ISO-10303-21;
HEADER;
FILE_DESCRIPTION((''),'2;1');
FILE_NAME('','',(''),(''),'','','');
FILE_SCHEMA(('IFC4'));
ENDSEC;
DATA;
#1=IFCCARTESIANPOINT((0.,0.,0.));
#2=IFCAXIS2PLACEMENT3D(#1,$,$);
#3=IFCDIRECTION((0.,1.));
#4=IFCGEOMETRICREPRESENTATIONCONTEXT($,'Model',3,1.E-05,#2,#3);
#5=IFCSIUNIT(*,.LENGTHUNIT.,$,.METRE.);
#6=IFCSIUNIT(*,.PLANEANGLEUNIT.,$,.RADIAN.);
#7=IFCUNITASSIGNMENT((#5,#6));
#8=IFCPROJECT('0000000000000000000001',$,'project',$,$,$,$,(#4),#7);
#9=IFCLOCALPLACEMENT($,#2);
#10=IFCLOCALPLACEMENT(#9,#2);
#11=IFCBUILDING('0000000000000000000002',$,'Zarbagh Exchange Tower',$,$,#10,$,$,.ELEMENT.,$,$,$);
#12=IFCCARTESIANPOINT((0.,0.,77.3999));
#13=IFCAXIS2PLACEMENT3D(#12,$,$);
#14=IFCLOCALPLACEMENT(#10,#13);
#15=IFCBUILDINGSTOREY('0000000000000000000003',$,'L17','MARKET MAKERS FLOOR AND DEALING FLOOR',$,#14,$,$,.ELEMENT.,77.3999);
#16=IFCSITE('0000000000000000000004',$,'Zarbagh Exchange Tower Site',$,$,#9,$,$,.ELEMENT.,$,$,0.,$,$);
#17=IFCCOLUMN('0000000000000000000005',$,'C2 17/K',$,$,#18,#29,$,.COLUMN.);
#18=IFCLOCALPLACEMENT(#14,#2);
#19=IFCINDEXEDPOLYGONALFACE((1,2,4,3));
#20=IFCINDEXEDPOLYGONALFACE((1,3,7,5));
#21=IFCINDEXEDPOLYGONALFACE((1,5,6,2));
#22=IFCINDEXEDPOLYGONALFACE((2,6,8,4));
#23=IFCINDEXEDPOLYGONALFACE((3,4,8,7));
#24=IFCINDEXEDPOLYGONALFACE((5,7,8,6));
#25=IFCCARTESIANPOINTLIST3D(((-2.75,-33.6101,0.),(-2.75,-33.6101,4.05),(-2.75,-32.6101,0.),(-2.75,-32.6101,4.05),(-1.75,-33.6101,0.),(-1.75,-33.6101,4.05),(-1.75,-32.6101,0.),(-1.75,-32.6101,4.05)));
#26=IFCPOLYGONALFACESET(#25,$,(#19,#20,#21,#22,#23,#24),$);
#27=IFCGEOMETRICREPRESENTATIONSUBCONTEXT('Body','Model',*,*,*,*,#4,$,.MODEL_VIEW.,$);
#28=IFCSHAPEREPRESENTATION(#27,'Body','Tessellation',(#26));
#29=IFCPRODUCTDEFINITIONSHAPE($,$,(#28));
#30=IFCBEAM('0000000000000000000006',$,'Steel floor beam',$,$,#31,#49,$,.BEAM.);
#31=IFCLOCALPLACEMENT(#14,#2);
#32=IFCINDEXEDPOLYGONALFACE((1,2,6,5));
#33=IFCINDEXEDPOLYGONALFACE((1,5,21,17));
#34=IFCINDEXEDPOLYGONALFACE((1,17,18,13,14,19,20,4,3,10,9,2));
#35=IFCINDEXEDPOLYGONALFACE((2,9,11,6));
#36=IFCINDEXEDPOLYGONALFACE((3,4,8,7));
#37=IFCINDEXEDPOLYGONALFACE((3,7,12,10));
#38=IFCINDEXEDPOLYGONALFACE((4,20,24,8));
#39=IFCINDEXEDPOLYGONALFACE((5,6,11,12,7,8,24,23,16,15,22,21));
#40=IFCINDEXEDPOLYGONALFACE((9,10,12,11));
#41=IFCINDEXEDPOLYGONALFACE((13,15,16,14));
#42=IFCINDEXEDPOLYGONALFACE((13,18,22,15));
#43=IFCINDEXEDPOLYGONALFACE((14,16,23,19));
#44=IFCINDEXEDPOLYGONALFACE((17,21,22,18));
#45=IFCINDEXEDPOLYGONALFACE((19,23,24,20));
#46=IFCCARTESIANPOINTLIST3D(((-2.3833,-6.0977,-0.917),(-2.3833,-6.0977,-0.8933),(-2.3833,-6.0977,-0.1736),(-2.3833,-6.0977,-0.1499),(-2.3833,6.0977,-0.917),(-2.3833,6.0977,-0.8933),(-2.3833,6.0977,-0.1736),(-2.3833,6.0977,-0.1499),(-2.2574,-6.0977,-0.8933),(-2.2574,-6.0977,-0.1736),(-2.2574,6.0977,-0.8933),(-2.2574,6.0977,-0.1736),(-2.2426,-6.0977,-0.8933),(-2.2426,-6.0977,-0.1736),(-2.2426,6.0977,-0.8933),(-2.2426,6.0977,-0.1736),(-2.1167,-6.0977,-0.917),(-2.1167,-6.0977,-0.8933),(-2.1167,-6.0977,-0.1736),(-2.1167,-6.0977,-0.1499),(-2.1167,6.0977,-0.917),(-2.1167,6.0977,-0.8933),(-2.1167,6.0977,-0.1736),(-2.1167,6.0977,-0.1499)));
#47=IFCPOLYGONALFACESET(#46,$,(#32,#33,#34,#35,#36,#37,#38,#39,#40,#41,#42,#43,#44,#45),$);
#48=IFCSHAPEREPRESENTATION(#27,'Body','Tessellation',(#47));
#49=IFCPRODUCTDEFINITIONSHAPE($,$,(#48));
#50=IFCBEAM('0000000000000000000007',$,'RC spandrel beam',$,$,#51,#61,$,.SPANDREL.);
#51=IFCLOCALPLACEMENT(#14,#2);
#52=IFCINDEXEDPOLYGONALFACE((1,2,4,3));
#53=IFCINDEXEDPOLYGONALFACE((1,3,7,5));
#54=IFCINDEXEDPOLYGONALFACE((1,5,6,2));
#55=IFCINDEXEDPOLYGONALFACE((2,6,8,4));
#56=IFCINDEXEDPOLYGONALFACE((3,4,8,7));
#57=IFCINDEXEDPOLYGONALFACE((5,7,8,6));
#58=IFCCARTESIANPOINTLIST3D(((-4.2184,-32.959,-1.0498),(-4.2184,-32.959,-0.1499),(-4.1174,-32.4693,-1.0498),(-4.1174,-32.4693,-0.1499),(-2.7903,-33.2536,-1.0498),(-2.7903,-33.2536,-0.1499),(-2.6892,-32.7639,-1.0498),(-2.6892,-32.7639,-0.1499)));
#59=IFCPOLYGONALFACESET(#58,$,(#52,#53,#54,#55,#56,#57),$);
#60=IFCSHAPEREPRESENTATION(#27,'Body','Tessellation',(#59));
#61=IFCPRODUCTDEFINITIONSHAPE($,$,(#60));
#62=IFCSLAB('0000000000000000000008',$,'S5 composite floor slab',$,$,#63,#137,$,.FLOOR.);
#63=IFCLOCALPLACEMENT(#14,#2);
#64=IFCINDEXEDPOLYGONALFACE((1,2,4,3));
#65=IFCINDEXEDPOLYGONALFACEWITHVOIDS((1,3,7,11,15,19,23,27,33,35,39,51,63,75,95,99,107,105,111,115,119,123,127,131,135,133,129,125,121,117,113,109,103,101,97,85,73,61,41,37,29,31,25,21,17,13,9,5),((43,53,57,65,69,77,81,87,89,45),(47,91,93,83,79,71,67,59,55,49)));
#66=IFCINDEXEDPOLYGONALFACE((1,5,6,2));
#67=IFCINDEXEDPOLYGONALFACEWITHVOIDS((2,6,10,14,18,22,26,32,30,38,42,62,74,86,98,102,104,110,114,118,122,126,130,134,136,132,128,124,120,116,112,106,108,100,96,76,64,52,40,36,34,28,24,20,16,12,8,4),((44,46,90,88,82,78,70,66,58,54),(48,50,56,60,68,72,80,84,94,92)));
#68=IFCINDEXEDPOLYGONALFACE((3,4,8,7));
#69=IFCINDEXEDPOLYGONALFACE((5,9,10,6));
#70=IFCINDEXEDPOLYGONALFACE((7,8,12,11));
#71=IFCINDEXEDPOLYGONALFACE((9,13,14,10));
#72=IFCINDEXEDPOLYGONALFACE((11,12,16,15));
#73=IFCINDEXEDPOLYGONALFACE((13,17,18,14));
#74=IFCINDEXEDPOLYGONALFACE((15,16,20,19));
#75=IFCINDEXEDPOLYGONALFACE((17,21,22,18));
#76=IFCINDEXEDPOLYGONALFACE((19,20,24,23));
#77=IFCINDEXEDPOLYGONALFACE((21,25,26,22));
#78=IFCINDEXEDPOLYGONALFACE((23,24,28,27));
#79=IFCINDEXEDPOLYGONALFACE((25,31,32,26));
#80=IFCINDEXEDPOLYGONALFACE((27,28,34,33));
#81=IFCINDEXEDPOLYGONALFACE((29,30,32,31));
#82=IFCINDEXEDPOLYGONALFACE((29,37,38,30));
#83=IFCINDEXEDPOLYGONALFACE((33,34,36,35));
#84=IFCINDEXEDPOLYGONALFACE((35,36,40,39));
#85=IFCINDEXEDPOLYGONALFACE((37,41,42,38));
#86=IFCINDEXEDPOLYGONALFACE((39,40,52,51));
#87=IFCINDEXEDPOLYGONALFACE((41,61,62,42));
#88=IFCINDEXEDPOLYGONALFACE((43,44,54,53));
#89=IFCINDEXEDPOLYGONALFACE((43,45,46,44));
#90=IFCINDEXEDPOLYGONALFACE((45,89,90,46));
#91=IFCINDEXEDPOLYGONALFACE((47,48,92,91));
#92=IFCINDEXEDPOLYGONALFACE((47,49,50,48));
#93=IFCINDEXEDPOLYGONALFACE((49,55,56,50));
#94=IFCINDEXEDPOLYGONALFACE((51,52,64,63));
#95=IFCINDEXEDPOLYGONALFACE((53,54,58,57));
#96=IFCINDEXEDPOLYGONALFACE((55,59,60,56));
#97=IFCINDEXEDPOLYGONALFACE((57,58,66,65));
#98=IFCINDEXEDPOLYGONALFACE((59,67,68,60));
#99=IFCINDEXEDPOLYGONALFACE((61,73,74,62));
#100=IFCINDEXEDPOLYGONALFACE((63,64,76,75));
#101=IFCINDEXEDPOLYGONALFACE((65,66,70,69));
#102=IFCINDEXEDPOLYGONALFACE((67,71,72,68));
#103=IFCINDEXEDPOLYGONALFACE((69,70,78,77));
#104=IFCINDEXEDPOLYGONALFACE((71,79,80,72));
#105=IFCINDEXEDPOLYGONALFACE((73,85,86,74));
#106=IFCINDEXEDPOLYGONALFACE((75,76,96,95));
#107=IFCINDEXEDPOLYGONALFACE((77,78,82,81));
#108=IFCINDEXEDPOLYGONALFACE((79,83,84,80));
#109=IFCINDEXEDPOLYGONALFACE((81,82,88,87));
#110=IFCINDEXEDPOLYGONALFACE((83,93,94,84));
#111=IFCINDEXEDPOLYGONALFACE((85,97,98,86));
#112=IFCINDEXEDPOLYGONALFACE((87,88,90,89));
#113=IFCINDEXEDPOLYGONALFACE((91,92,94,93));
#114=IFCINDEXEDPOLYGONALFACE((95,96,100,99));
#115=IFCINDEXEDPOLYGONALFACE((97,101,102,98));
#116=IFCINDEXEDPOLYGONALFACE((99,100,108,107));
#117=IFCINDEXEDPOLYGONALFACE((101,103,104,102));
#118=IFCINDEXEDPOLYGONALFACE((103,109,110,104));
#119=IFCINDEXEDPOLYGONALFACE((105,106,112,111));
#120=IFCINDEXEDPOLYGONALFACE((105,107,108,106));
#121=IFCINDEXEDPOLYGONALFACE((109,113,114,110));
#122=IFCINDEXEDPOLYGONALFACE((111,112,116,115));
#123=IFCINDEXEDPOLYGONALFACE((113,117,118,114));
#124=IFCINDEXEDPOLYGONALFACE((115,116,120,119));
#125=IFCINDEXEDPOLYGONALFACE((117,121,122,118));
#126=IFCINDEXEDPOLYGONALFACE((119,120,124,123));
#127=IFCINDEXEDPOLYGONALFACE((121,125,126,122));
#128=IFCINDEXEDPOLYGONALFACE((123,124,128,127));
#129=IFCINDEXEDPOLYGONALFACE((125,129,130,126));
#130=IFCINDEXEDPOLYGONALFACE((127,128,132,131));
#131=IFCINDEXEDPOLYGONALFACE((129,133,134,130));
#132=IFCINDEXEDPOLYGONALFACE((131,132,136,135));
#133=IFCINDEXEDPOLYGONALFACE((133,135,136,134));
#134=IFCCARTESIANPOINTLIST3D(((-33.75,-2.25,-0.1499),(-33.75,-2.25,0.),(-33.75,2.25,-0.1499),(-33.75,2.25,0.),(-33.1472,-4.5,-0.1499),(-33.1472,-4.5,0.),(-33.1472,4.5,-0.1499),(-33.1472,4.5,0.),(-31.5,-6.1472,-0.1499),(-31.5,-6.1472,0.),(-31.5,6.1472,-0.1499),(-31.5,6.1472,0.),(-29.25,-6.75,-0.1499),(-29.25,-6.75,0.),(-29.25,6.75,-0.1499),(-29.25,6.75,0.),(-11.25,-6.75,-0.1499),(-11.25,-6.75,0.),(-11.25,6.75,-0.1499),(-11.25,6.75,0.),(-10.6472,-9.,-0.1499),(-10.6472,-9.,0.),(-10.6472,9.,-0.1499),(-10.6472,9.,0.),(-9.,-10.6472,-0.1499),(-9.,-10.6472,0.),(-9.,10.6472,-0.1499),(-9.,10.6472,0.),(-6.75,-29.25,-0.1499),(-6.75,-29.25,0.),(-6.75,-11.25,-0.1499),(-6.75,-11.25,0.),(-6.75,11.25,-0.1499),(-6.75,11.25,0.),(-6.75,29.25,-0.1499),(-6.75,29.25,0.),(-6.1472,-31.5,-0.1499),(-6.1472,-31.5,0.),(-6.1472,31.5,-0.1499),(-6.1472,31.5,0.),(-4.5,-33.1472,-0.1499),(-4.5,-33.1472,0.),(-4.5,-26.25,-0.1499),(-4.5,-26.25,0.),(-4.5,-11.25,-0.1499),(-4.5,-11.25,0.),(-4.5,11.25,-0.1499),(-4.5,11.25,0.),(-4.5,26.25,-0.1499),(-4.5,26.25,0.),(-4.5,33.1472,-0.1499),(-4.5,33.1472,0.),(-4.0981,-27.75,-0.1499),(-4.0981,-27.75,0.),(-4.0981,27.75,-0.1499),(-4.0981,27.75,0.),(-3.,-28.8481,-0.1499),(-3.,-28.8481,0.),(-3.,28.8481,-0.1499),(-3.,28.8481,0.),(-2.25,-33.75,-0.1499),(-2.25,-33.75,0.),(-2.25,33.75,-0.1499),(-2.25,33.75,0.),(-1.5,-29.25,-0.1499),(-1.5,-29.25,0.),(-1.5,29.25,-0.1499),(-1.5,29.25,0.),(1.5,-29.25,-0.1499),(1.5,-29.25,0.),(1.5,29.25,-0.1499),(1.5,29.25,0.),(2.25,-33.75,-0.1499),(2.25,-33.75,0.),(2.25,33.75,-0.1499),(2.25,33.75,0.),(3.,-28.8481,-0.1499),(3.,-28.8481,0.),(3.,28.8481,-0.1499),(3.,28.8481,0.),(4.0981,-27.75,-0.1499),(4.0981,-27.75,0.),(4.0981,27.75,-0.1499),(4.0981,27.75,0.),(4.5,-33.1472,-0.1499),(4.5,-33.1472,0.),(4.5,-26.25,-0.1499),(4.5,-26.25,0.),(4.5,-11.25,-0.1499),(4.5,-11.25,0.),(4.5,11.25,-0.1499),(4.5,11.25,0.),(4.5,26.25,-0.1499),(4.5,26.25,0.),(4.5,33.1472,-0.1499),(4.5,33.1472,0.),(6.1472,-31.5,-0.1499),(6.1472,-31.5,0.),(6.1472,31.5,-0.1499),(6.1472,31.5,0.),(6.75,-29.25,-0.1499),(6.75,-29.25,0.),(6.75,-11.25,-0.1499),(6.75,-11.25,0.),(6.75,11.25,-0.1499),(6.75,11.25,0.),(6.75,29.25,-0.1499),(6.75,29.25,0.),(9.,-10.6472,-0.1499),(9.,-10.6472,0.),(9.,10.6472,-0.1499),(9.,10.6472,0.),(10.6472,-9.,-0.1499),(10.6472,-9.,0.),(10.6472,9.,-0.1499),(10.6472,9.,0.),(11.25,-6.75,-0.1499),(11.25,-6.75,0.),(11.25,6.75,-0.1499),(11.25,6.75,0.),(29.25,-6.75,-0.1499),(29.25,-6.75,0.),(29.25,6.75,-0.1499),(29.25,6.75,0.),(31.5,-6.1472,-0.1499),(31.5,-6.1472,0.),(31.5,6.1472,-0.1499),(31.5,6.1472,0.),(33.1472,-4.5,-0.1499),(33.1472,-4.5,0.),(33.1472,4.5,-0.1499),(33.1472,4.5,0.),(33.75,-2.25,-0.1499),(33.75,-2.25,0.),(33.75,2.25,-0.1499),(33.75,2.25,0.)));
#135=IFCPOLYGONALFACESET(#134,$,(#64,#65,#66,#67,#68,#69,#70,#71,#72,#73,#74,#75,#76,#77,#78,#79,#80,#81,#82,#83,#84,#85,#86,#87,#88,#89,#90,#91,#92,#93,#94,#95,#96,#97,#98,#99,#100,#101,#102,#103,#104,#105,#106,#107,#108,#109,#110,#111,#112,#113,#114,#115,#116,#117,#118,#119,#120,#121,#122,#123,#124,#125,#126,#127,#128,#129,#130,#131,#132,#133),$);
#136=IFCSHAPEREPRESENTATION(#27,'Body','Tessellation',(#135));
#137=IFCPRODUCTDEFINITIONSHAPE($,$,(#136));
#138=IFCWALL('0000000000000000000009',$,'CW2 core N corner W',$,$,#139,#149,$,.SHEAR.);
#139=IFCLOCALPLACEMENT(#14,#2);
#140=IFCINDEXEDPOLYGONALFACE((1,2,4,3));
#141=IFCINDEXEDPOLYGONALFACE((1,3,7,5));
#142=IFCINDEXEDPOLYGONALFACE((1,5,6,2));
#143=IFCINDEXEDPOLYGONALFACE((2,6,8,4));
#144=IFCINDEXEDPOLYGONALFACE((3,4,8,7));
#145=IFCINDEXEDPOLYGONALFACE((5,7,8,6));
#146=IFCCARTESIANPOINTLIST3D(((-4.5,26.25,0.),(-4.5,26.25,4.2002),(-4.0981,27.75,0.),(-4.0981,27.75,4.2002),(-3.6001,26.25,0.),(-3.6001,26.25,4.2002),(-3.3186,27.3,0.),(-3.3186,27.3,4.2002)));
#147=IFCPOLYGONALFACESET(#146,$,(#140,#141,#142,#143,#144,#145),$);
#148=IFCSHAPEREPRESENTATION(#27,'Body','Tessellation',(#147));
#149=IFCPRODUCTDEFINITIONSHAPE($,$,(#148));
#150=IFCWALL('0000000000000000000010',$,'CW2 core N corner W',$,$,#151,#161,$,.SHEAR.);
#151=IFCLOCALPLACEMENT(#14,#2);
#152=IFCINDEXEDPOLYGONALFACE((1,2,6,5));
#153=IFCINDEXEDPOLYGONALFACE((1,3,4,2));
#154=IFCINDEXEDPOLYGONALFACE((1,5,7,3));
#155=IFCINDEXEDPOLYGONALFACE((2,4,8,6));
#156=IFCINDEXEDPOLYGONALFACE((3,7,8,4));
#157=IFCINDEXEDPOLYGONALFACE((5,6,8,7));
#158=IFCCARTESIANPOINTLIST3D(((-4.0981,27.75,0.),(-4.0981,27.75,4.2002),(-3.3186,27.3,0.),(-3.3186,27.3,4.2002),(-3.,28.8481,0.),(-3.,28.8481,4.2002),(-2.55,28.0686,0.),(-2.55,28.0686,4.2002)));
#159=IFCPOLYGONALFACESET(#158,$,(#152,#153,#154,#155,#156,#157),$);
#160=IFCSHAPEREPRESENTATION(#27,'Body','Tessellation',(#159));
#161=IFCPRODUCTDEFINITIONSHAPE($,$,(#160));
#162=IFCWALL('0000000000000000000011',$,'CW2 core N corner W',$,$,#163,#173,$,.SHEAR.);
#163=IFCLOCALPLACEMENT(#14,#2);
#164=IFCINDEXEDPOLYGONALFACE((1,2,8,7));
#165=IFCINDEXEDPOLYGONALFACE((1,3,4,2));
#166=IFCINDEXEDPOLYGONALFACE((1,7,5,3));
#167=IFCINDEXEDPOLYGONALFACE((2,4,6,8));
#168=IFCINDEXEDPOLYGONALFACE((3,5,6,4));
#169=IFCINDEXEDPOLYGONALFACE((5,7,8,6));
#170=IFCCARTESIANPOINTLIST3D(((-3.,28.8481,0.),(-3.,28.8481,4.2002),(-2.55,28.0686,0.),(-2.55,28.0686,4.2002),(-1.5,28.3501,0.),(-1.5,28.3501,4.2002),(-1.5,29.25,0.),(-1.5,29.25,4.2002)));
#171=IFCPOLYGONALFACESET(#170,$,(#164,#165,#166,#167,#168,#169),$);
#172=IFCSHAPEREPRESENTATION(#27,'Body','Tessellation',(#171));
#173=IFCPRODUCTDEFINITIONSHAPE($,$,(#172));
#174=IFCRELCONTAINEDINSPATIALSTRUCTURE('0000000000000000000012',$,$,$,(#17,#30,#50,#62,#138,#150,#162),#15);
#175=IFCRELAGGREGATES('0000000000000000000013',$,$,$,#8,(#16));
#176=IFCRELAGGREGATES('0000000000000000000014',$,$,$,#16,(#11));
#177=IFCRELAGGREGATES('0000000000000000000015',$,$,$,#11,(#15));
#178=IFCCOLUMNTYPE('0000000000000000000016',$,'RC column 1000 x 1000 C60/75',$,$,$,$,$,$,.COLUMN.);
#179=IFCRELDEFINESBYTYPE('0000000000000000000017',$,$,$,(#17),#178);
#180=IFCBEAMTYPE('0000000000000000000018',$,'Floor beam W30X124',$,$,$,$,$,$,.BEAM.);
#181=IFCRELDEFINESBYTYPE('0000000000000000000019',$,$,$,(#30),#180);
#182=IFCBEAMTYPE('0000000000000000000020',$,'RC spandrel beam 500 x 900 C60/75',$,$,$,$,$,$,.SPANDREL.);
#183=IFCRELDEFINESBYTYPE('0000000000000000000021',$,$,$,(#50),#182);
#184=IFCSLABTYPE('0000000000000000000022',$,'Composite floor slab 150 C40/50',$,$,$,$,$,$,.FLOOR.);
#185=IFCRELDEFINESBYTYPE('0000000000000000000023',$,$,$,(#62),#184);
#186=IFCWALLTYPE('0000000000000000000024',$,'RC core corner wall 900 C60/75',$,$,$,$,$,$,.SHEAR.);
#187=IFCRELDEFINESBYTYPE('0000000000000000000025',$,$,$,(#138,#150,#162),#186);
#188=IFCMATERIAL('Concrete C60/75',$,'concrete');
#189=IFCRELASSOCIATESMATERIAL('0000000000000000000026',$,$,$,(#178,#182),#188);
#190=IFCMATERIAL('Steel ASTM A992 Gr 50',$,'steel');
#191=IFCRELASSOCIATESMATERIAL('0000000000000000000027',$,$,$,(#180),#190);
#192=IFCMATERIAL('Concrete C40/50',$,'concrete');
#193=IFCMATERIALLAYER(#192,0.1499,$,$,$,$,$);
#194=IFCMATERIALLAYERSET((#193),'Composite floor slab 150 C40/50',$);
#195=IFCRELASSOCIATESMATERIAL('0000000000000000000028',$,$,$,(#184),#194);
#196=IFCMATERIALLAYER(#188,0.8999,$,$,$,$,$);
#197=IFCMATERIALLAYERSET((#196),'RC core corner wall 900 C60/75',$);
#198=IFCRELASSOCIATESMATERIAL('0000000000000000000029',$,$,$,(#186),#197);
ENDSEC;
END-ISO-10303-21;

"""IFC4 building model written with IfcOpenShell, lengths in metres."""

from ifc_helpers import new_model, si_unit, direction, frame, origin, origin_2d, place, context, subcontext, project, spatial, polyline, rectangle, i_section, outline, extrude, material, layer, layer_set, material_profile, profile_set, type_object, element, save


model = new_model("IFC4")

# Units and contexts
model_context = context("Model", 3, precision=1e-05, world=origin(), true_north=direction((0.0, 1.0)))
body_context = subcontext(model_context, "Body", "Model", "MODEL_VIEW")
ifc_project = project(units=[si_unit("LENGTHUNIT", "METRE"), si_unit("PLANEANGLEUNIT", "RADIAN")], contexts=[model_context])

# Site, building, storey
site_placement = place(None, origin())
site = spatial("IfcSite", under=ifc_project, at=site_placement, Name="Zarbagh Exchange Tower Site", CompositionType="ELEMENT", RefElevation=0.0)
building_placement = place(site_placement, origin())
building = spatial("IfcBuilding", under=site, at=building_placement, Name="Zarbagh Exchange Tower", CompositionType="ELEMENT")
storey_placement = place(building_placement, frame((0.0, 0.0, 77.3999)))
storey = spatial("IfcBuildingStorey", under=building, at=storey_placement, Name="L17", Description="MARKET MAKERS FLOOR AND DEALING FLOOR", CompositionType="ELEMENT", Elevation=77.3999)

# Column
ifc_material_1 = material(Name="Concrete C60/75", Category="concrete")
ifc_material_profile_1 = material_profile(ifc_material_1, rectangle(XDim=1.0, YDim=1.0, at=origin_2d()), Name="RC column 1000 x 1000 C60/75")
ifc_profile_set_1 = profile_set([ifc_material_profile_1], Name="Concrete C60/75")
column_type = type_object("IfcColumnType", Name="RC column 1000 x 1000 C60/75", PredefinedType="COLUMN", material=ifc_profile_set_1)
column_placement = place(storey_placement, frame((-2.25, -33.1101, 0.0), z_axis=(0.0, 0.0, 1.0), x_axis=(1.0, 0.0, 0.0)))
element("IfcColumn", 1, at=column_placement, inside=storey, type_object=column_type, Name="C2 17/K", PredefinedType="COLUMN", context=body_context, shape_type="SweptSolid", body=[
    extrude(rectangle(XDim=1.0, YDim=1.0, at=origin_2d()), origin(), (0.0, 0.0, 1.0), 4.05),
])

# Beams
ifc_material_2 = material(Name="Steel ASTM A992 Gr 50", Category="steel")
ifc_material_profile_2 = material_profile(ifc_material_2, i_section(OverallWidth=0.2666, OverallDepth=0.7671, WebThickness=0.0149, FlangeThickness=0.0237, at=origin_2d()), Name="W30X124")
ifc_profile_set_2 = profile_set([ifc_material_profile_2], Name="Steel ASTM A992 Gr 50")
beam_type_1 = type_object("IfcBeamType", Name="Floor beam W30X124", PredefinedType="BEAM", material=ifc_profile_set_2)
beam_1_placement = place(storey_placement, frame((-2.25, -6.0977, -0.5334), z_axis=(0.0, 1.0, 0.0), x_axis=(-1.0, 0.0, 0.0)))
element("IfcBeam", 2, at=beam_1_placement, inside=storey, type_object=beam_type_1, Name="Steel floor beam", PredefinedType="BEAM", context=body_context, shape_type="SweptSolid", body=[
    extrude(i_section(OverallWidth=0.2666, OverallDepth=0.7671, WebThickness=0.0149, FlangeThickness=0.0237, at=origin_2d()), origin(), (0.0, 0.0, 1.0), 12.1953),
])
ifc_material_profile_3 = material_profile(ifc_material_1, rectangle(XDim=0.5, YDim=0.8999, at=origin_2d()), Name="RC spandrel beam 500 x 900 C60/75")
ifc_profile_set_3 = profile_set([ifc_material_profile_3], Name="Concrete C60/75")
beam_type_2 = type_object("IfcBeamType", Name="RC spandrel beam 500 x 900 C60/75", PredefinedType="SPANDREL", material=ifc_profile_set_3)
beam_2_placement = place(storey_placement, frame((-2.7397, -33.0088, -0.5999), z_axis=(-0.979371, 0.202069, 0.0), x_axis=(-0.202069, -0.979371, 0.0)))
element("IfcBeam", 3, at=beam_2_placement, inside=storey, type_object=beam_type_2, Name="RC spandrel beam", PredefinedType="SPANDREL", context=body_context, shape_type="SweptSolid", body=[
    extrude(rectangle(XDim=0.5, YDim=0.8999, at=origin_2d()), origin(), (0.0, 0.0, 1.0), 1.4583),
])

# Slab
ifc_material_3 = material(Name="Concrete C40/50", Category="concrete")
ifc_layer_1 = layer(ifc_material_3, 0.1499)
ifc_layer_set_1 = layer_set([ifc_layer_1], Name="Composite floor slab 150 C40/50")
slab_type = type_object("IfcSlabType", Name="Composite floor slab 150 C40/50", PredefinedType="FLOOR", material=ifc_layer_set_1)
slab_placement = place(storey_placement, frame((0.0, 0.0, -0.1499)))
element("IfcSlab", 4, at=slab_placement, inside=storey, type_object=slab_type, Name="S5 composite floor slab", PredefinedType="FLOOR", context=body_context, shape_type="SweptSolid", body=[
    extrude(outline(polyline([(-2.25, -33.75), (-4.5, -33.1472), (-6.1472, -31.5), (-6.75, -29.25), (-6.75, -11.25), (-9.0, -10.6472), (-10.6472, -9.0), (-11.25, -6.75), (-29.25, -6.75), (-31.5, -6.1472), (-33.1472, -4.5), (-33.75, -2.25), (-33.75, 2.25), (-33.1472, 4.5), (-31.5, 6.1472), (-29.25, 6.75), (-11.25, 6.75), (-10.6472, 9.0), (-9.0, 10.6472), (-6.75, 11.25), (-6.75, 29.25), (-6.1472, 31.5), (-4.5, 33.1472), (-2.25, 33.75), (2.25, 33.75), (4.5, 33.1472), (6.1472, 31.5), (6.75, 29.25), (6.75, 11.25), (9.0, 10.6472), (10.6472, 9.0), (11.25, 6.75), (29.25, 6.75), (31.5, 6.1472), (33.1472, 4.5), (33.75, 2.25), (33.75, -2.25), (33.1472, -4.5), (31.5, -6.1472), (29.25, -6.75), (11.25, -6.75), (10.6472, -9.0), (9.0, -10.6472), (6.75, -11.25), (6.75, -29.25), (6.1472, -31.5), (4.5, -33.1472), (2.25, -33.75), (-2.25, -33.75)]), holes=[polyline([(4.5, 11.25), (4.5, 26.25), (4.0981, 27.75), (3.0, 28.8481), (1.5, 29.25), (-1.5, 29.25), (-3.0, 28.8481), (-4.0981, 27.75), (-4.5, 26.25), (-4.5, 11.25), (4.5, 11.25)]), polyline([(-1.5, -29.25), (1.5, -29.25), (3.0, -28.8481), (4.0981, -27.75), (4.5, -26.25), (4.5, -11.25), (-4.5, -11.25), (-4.5, -26.25), (-4.0981, -27.75), (-3.0, -28.8481), (-1.5, -29.25)])]), origin(), (0.0, 0.0, 1.0), 0.1499),
])

# Walls
ifc_layer_2 = layer(ifc_material_1, 0.8999)
ifc_layer_set_2 = layer_set([ifc_layer_2], Name="RC core corner wall 900 C60/75")
wall_type_1 = type_object("IfcWallType", Name="RC core corner wall 900 C60/75", PredefinedType="SHEAR", material=ifc_layer_set_2)
wall_1_placement = place(storey_placement, origin())
element("IfcWall", 5, at=wall_1_placement, inside=storey, type_object=wall_type_1, Name="CW2 core N corner W", PredefinedType="SHEAR", context=body_context, shape_type="SweptSolid", body=[
    extrude(outline(polyline([(-4.5, 26.25), (-4.0981, 27.75), (-3.3186, 27.3), (-3.6001, 26.25), (-4.5, 26.25)])), origin(), (0.0, 0.0, 1.0), 4.2002),
])
wall_2_placement = place(storey_placement, origin())
element("IfcWall", 6, at=wall_2_placement, inside=storey, type_object=wall_type_1, Name="CW2 core N corner W", PredefinedType="SHEAR", context=body_context, shape_type="SweptSolid", body=[
    extrude(outline(polyline([(-4.0981, 27.75), (-3.0, 28.8481), (-2.55, 28.0686), (-3.3186, 27.3), (-4.0981, 27.75)])), origin(), (0.0, 0.0, 1.0), 4.2002),
])
wall_3_placement = place(storey_placement, origin())
element("IfcWall", 7, at=wall_3_placement, inside=storey, type_object=wall_type_1, Name="CW2 core N corner W", PredefinedType="SHEAR", context=body_context, shape_type="SweptSolid", body=[
    extrude(outline(polyline([(-3.0, 28.8481), (-1.5, 29.25), (-1.5, 28.3501), (-2.55, 28.0686), (-3.0, 28.8481)])), origin(), (0.0, 0.0, 1.0), 4.2002),
])

save(model, "model.ifc")
